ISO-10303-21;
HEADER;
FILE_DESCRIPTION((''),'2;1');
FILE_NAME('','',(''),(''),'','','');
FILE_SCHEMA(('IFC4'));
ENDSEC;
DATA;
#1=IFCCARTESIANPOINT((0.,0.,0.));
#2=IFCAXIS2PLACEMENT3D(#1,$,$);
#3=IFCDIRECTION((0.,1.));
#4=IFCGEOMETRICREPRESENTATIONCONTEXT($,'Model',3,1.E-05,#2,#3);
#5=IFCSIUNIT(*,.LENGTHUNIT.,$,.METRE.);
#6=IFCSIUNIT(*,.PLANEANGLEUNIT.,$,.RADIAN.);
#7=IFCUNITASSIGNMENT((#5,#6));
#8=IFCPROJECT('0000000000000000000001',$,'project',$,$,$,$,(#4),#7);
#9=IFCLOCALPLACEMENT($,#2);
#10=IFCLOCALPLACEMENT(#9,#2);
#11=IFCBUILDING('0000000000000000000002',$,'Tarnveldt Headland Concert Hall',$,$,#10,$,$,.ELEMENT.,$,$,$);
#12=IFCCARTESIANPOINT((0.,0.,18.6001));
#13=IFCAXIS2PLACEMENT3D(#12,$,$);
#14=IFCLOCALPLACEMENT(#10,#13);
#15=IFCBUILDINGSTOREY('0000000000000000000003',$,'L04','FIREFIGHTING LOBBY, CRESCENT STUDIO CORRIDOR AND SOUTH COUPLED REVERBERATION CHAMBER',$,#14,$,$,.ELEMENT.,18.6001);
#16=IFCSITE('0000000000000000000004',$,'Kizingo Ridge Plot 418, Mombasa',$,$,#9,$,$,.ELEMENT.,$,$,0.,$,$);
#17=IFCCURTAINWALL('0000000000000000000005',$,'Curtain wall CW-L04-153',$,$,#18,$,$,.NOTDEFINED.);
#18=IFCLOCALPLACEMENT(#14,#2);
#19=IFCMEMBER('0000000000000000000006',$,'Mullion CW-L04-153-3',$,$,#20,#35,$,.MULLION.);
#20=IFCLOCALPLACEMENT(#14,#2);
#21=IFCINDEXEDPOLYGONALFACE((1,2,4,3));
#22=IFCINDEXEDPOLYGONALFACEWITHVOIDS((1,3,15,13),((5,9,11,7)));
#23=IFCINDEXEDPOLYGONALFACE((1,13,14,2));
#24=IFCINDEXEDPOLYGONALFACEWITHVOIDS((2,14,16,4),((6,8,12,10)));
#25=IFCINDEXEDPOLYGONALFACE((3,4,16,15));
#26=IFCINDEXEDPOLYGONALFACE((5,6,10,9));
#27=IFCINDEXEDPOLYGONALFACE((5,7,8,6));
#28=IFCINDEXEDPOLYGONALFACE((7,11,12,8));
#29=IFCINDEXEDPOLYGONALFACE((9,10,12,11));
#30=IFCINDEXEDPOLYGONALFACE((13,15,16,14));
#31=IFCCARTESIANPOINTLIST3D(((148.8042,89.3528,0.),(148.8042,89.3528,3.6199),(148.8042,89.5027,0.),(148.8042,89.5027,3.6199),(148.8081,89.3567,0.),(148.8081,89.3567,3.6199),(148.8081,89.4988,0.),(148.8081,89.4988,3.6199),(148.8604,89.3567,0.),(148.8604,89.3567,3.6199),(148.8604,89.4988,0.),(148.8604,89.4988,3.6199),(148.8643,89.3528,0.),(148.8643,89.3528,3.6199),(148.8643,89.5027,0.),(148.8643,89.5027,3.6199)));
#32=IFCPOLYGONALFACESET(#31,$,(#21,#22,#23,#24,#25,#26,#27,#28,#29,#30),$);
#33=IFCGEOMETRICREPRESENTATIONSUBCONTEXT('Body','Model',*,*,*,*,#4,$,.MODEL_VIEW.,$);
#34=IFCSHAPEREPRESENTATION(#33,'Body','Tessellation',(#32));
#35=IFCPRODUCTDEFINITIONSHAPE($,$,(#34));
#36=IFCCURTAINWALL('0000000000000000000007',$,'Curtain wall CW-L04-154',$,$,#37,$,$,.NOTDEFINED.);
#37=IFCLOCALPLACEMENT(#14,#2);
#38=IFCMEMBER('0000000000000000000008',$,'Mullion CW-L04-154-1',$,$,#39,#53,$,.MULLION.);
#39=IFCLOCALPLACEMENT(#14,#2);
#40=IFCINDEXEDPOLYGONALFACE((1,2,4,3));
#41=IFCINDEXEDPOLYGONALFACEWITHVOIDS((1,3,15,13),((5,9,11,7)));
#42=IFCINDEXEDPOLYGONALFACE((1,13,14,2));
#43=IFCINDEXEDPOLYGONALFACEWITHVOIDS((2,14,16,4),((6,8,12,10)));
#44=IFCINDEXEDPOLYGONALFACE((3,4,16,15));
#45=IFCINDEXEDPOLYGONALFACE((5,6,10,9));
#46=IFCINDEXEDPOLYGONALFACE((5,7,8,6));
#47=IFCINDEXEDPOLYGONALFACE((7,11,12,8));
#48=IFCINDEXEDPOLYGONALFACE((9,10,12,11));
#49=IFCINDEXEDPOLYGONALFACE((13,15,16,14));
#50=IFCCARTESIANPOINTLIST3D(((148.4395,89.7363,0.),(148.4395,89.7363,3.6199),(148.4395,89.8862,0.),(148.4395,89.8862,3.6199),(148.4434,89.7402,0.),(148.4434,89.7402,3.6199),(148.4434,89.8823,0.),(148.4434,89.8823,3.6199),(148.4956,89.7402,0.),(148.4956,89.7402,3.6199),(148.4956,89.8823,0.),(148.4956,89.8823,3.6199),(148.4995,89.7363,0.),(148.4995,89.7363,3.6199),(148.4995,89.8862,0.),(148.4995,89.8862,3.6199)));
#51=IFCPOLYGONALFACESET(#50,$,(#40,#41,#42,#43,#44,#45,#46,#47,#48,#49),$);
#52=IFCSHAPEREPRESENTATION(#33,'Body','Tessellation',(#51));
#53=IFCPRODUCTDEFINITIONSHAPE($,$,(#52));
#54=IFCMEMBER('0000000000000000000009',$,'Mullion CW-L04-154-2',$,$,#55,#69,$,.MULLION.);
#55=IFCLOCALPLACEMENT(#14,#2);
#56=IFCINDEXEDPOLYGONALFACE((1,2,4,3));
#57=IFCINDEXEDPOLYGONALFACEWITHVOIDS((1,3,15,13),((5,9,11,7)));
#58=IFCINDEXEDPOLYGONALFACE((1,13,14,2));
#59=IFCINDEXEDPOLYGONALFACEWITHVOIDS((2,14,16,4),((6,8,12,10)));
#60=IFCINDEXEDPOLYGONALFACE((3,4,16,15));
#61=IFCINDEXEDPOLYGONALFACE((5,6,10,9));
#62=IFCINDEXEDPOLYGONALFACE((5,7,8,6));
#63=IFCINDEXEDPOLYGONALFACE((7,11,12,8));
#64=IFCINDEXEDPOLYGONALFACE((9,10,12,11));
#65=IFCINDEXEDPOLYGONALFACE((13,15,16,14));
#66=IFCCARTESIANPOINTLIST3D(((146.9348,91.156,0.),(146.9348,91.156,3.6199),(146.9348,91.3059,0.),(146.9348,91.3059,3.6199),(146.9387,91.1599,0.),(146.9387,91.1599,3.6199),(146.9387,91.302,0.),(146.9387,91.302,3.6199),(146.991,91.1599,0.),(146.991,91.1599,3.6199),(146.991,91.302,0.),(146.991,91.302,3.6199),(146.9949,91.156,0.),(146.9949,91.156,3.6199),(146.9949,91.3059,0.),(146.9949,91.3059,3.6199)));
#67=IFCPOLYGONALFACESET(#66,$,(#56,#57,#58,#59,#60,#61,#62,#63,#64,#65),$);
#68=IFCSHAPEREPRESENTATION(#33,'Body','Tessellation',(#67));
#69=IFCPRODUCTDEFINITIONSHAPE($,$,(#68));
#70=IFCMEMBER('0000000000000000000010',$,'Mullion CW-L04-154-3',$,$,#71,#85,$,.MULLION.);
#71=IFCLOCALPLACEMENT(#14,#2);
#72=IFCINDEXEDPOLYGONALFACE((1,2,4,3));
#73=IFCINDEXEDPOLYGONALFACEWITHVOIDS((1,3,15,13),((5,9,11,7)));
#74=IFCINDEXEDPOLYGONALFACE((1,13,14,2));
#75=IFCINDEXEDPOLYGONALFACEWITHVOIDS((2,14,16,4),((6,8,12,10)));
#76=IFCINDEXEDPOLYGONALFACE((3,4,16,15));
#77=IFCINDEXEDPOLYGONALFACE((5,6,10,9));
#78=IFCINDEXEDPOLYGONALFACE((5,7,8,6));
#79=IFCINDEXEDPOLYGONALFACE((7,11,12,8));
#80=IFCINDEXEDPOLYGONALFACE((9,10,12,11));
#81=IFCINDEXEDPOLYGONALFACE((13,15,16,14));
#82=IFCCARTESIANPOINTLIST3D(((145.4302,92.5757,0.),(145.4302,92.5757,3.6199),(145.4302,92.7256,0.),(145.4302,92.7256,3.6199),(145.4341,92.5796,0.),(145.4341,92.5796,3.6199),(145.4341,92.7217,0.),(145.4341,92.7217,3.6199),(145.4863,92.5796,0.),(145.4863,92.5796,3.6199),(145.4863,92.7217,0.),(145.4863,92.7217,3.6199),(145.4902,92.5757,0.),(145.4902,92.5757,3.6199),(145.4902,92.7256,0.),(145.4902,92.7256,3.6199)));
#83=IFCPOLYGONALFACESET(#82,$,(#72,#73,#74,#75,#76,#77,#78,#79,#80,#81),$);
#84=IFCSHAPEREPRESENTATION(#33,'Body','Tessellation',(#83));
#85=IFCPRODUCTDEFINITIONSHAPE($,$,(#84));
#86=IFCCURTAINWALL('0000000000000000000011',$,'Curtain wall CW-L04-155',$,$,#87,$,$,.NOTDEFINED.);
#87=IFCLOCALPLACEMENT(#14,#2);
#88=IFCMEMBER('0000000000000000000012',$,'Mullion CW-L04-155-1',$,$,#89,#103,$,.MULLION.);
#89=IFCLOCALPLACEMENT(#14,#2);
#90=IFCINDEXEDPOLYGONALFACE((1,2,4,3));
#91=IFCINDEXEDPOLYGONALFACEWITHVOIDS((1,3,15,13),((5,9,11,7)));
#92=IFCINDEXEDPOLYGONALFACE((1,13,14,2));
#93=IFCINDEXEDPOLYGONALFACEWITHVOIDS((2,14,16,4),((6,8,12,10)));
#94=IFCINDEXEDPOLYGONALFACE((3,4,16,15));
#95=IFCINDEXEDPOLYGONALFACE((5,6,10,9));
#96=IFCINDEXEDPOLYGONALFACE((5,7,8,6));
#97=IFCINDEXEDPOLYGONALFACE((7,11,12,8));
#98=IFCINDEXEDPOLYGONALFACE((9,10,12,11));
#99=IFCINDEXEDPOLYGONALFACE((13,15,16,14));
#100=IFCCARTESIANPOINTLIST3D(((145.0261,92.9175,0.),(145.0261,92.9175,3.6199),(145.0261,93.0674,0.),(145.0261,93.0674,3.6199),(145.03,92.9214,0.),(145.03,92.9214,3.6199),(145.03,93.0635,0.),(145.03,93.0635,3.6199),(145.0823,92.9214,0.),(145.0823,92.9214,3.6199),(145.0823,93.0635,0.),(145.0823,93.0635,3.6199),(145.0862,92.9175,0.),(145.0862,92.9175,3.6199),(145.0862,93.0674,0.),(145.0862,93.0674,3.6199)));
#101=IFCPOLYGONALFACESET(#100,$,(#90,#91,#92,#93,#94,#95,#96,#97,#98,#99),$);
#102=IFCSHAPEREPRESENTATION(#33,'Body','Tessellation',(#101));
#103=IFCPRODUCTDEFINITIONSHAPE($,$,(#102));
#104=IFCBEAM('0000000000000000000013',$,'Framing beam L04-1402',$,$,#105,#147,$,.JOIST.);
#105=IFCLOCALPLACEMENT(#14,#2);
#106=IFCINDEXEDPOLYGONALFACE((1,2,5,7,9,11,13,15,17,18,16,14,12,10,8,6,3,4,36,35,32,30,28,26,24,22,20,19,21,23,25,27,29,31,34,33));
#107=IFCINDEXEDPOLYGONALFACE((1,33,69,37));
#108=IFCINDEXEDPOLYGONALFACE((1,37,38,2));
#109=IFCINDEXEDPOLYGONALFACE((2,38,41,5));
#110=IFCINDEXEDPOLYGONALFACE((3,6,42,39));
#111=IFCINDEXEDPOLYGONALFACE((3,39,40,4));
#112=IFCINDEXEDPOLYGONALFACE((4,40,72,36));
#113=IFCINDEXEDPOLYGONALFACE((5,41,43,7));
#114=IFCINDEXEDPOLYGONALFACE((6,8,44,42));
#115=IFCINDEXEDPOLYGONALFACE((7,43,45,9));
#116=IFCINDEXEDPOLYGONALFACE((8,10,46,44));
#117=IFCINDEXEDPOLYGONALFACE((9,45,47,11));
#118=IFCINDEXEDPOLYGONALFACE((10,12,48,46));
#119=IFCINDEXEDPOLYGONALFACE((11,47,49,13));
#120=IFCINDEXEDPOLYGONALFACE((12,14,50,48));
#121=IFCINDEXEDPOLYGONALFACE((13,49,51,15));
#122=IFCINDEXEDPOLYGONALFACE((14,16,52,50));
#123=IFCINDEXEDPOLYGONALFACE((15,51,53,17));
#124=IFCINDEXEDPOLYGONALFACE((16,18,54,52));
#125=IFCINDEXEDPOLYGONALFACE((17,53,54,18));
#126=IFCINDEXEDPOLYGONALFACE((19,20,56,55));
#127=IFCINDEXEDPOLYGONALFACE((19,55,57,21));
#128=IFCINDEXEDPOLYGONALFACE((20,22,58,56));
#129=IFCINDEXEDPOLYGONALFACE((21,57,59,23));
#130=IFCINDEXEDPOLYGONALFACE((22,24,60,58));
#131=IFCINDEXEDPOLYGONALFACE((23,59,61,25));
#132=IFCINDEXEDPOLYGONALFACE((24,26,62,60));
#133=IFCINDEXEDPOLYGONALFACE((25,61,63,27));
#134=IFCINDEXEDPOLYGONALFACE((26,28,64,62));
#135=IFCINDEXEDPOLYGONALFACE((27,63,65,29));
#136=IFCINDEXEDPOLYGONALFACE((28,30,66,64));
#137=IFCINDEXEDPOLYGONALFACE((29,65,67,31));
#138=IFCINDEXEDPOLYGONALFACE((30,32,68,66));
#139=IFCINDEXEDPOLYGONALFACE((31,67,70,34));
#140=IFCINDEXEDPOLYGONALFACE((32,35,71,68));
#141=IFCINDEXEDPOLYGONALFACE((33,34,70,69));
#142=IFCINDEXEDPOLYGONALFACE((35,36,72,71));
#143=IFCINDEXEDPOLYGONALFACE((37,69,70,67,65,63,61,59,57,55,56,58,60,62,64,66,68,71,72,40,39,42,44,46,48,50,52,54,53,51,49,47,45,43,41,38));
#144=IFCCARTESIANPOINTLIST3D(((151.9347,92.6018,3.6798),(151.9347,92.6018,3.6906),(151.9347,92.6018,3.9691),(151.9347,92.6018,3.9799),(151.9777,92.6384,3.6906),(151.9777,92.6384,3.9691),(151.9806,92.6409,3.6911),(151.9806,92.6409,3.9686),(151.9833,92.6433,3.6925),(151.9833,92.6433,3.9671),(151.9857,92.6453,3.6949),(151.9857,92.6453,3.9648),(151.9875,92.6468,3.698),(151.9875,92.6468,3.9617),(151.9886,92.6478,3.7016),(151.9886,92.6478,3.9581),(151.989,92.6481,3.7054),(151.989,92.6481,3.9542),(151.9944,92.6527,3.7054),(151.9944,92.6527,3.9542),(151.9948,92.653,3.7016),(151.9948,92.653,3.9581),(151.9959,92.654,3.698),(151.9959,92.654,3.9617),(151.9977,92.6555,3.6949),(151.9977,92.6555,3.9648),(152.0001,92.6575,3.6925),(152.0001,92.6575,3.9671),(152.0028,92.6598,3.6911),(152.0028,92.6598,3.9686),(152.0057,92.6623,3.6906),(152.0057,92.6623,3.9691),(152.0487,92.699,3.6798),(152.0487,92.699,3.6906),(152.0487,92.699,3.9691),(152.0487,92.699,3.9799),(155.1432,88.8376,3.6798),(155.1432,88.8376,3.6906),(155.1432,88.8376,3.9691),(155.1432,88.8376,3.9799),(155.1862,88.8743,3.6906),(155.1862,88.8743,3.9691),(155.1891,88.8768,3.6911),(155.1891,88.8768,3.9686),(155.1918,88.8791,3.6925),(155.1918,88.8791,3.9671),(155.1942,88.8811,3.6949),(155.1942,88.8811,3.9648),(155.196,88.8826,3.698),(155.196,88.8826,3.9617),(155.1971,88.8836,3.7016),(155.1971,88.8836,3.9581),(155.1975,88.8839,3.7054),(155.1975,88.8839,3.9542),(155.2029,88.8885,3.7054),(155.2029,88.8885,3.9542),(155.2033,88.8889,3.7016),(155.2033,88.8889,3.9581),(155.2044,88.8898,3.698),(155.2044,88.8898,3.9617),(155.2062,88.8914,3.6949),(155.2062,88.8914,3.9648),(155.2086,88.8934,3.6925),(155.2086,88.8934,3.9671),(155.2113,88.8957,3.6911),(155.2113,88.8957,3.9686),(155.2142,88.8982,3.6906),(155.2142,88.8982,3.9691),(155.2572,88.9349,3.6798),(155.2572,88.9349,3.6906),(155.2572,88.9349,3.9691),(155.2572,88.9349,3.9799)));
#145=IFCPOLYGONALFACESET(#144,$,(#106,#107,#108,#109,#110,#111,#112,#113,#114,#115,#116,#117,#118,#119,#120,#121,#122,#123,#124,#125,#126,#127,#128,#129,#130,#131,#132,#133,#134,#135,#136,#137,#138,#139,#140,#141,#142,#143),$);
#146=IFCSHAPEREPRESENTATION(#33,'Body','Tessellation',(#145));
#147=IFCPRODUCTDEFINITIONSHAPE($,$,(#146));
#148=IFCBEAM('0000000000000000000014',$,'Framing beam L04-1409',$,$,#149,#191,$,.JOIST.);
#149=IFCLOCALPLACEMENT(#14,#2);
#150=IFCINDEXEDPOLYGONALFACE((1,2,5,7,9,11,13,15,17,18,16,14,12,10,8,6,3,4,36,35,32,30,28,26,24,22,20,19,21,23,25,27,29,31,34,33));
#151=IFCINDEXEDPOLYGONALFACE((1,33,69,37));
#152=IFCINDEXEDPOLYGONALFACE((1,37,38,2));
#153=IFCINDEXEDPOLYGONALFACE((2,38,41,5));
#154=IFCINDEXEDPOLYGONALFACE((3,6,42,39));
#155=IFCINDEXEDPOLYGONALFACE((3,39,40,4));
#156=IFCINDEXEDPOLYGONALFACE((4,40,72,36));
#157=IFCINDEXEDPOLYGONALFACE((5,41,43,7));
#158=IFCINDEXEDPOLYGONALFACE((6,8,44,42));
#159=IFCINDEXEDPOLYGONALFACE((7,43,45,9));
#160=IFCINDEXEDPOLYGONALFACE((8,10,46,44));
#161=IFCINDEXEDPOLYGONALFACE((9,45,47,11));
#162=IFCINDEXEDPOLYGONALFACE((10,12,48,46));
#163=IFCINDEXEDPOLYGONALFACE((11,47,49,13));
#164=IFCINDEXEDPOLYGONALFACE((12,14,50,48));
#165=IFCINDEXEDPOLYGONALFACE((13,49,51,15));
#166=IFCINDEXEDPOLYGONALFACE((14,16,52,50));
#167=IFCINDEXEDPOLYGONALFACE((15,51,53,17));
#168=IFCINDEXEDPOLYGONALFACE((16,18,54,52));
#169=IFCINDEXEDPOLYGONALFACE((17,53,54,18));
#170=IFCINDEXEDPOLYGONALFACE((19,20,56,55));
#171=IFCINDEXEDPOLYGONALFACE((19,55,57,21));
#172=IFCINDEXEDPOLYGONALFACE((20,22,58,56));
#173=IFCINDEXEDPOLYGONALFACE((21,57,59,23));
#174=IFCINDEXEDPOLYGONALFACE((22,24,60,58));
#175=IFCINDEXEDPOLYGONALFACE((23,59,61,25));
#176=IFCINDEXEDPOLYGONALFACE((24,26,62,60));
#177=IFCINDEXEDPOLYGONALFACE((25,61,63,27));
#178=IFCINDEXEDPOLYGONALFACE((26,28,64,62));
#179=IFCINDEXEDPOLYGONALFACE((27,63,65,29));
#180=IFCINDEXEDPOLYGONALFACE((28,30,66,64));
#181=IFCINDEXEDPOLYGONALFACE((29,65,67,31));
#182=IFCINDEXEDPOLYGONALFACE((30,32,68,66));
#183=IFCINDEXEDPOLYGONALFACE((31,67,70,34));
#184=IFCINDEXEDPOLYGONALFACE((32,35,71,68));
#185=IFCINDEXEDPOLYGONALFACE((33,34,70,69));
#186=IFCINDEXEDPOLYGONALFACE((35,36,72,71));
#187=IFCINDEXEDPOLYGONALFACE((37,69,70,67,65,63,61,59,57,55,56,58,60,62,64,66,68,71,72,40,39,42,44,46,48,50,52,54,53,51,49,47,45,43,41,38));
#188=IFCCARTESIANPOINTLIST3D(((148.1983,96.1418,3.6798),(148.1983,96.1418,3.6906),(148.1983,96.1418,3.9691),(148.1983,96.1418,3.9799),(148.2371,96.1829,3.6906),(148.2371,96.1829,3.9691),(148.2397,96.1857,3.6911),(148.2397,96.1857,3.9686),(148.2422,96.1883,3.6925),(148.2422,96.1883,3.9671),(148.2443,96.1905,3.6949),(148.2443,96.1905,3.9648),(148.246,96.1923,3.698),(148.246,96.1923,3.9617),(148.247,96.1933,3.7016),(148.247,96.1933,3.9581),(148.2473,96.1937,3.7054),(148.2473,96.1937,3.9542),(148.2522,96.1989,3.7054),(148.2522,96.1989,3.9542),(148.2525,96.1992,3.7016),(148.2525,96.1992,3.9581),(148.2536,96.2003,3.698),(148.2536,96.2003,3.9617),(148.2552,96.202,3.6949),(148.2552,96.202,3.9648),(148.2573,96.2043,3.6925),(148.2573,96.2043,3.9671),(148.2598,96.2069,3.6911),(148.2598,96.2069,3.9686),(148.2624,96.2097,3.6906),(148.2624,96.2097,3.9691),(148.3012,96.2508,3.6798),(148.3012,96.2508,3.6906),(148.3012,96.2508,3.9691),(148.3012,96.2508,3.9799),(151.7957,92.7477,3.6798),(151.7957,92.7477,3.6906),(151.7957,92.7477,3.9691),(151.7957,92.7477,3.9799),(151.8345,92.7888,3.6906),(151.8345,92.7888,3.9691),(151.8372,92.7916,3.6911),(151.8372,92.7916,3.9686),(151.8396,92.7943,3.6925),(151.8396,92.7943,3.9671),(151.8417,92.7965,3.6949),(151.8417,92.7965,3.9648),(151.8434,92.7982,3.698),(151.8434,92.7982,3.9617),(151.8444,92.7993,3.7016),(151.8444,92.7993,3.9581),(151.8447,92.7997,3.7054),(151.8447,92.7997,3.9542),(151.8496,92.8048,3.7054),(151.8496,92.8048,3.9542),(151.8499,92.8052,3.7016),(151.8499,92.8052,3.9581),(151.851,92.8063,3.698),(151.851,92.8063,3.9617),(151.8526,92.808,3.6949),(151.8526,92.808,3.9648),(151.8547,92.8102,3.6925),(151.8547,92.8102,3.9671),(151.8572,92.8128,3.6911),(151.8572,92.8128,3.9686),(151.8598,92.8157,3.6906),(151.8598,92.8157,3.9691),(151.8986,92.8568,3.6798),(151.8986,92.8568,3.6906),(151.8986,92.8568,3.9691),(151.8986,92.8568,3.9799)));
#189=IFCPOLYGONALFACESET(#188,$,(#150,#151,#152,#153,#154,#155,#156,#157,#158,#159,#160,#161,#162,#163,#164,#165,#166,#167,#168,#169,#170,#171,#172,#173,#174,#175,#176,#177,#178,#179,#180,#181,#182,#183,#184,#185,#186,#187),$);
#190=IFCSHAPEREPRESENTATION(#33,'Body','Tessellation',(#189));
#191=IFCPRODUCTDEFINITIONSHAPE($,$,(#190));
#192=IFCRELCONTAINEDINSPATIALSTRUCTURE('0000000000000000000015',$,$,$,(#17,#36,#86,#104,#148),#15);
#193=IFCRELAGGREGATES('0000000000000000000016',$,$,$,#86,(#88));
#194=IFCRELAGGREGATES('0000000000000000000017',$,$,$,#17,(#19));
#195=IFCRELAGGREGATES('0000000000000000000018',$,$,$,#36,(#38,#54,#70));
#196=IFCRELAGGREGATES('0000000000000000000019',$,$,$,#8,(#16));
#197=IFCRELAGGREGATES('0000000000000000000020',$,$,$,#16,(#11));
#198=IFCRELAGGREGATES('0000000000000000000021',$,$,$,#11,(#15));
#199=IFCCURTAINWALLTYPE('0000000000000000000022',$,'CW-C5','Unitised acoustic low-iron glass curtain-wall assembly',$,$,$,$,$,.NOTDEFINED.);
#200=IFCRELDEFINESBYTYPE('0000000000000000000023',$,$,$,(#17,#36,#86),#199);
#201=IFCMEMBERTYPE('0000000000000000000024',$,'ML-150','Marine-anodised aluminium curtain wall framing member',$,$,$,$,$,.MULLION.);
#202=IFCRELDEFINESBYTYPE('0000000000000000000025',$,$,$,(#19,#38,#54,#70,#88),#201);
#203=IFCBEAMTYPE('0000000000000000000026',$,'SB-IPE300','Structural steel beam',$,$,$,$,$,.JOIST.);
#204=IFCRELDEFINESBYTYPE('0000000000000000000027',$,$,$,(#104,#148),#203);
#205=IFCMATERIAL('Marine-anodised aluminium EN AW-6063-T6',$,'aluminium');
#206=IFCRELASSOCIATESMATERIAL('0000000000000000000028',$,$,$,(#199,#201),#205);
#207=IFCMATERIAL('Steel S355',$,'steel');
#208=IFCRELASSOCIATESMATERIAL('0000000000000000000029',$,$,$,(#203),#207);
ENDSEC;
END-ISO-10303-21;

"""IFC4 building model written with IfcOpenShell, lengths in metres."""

from ifc_helpers import new_model, si_unit, direction, frame, origin, origin_2d, place, context, subcontext, project, spatial, hollow_rectangle, i_section, extrude, material, material_profile, profile_set, type_object, element, aggregate, save


model = new_model("IFC4")

# Units and contexts
model_context = context("Model", 3, precision=1e-05, world=origin(), true_north=direction((0.0, 1.0)))
body_context = subcontext(model_context, "Body", "Model", "MODEL_VIEW")
ifc_project = project(units=[si_unit("LENGTHUNIT", "METRE"), si_unit("PLANEANGLEUNIT", "RADIAN")], contexts=[model_context])

# Site, building, storey
site_placement = place(None, origin())
site = spatial("IfcSite", under=ifc_project, at=site_placement, Name="Kizingo Ridge Plot 418, Mombasa", CompositionType="ELEMENT", RefElevation=0.0)
building_placement = place(site_placement, origin())
building = spatial("IfcBuilding", under=site, at=building_placement, Name="Tarnveldt Headland Concert Hall", CompositionType="ELEMENT")
storey_placement = place(building_placement, frame((0.0, 0.0, 18.6001)))
storey = spatial("IfcBuildingStorey", under=building, at=storey_placement, Name="L04", Description="FIREFIGHTING LOBBY, CRESCENT STUDIO CORRIDOR AND SOUTH COUPLED REVERBERATION CHAMBER", CompositionType="ELEMENT", Elevation=18.6001)

# Shared definitions
ifc_material_1 = material(Name="Steel S355", Category="steel")

# Shared definitions
ifc_material_2 = material(Name="Marine-anodised aluminium EN AW-6063-T6", Category="aluminium")
curtain_wall_type = type_object("IfcCurtainWallType", Name="CW-C5", Description="Unitised acoustic low-iron glass curtain-wall assembly", PredefinedType="NOTDEFINED", material=ifc_material_2)
ifc_material_profile_1 = material_profile(ifc_material_2, hollow_rectangle(XDim=0.0601, YDim=0.1499, WallThickness=0.0039, at=origin_2d()), Name="ALU MULLION 60x150x4", Category="aluminium")
ifc_profile_set_1 = profile_set([ifc_material_profile_1], Name="Marine-anodised aluminium EN AW-6063-T6")
member_type_1 = type_object("IfcMemberType", Name="ML-150", Description="Marine-anodised aluminium curtain wall framing member", PredefinedType="MULLION", material=ifc_profile_set_1)

# Curtain walls, members
curtain_wall_1_placement = place(storey_placement, origin())
curtain_wall_1 = element("IfcCurtainWall", 1, at=curtain_wall_1_placement, inside=storey, type_object=curtain_wall_type, Name="Curtain wall CW-L04-153", PredefinedType="NOTDEFINED")
member_1_placement = place(storey_placement, frame((148.8342, 89.4277, 0.0), z_axis=(0.0, 0.0, 1.0), x_axis=(1.0, 0.0, 0.0)))
member_1 = element("IfcMember", 2, at=member_1_placement, type_object=member_type_1, Name="Mullion CW-L04-153-3", PredefinedType="MULLION", context=body_context, shape_type="SweptSolid", body=[
    extrude(hollow_rectangle(XDim=0.0601, YDim=0.1499, WallThickness=0.0039, at=origin_2d()), origin(), (0.0, 0.0, 1.0), 3.6199),
])
curtain_wall_2_placement = place(storey_placement, origin())
curtain_wall_2 = element("IfcCurtainWall", 3, at=curtain_wall_2_placement, inside=storey, type_object=curtain_wall_type, Name="Curtain wall CW-L04-154", PredefinedType="NOTDEFINED")
member_2_placement = place(storey_placement, frame((148.4695, 89.8113, 0.0), z_axis=(0.0, 0.0, 1.0), x_axis=(1.0, 0.0, 0.0)))
member_2 = element("IfcMember", 4, at=member_2_placement, type_object=member_type_1, Name="Mullion CW-L04-154-1", PredefinedType="MULLION", context=body_context, shape_type="SweptSolid", body=[
    extrude(hollow_rectangle(XDim=0.0601, YDim=0.1499, WallThickness=0.0039, at=origin_2d()), origin(), (0.0, 0.0, 1.0), 3.6199),
])
member_3_placement = place(storey_placement, frame((146.9648, 91.231, 0.0), z_axis=(0.0, 0.0, 1.0), x_axis=(1.0, 0.0, 0.0)))
member_3 = element("IfcMember", 5, at=member_3_placement, type_object=member_type_1, Name="Mullion CW-L04-154-2", PredefinedType="MULLION", context=body_context, shape_type="SweptSolid", body=[
    extrude(hollow_rectangle(XDim=0.0601, YDim=0.1499, WallThickness=0.0039, at=origin_2d()), origin(), (0.0, 0.0, 1.0), 3.6199),
])
member_4_placement = place(storey_placement, frame((145.4602, 92.6506, 0.0), z_axis=(0.0, 0.0, 1.0), x_axis=(1.0, 0.0, 0.0)))
member_4 = element("IfcMember", 6, at=member_4_placement, type_object=member_type_1, Name="Mullion CW-L04-154-3", PredefinedType="MULLION", context=body_context, shape_type="SweptSolid", body=[
    extrude(hollow_rectangle(XDim=0.0601, YDim=0.1499, WallThickness=0.0039, at=origin_2d()), origin(), (0.0, 0.0, 1.0), 3.6199),
])

# Curtain wall, member
curtain_wall_3_placement = place(storey_placement, origin())
curtain_wall_3 = element("IfcCurtainWall", 7, at=curtain_wall_3_placement, inside=storey, type_object=curtain_wall_type, Name="Curtain wall CW-L04-155", PredefinedType="NOTDEFINED")
member_5_placement = place(storey_placement, frame((145.0562, 92.9924, 0.0), z_axis=(0.0, 0.0, 1.0), x_axis=(1.0, 0.0, 0.0)))
member_5 = element("IfcMember", 8, at=member_5_placement, type_object=member_type_1, Name="Mullion CW-L04-155-1", PredefinedType="MULLION", context=body_context, shape_type="SweptSolid", body=[
    extrude(hollow_rectangle(XDim=0.0601, YDim=0.1499, WallThickness=0.0039, at=origin_2d()), origin(), (0.0, 0.0, 1.0), 3.6199),
])

# Beams
ifc_material_profile_2 = material_profile(ifc_material_1, i_section(OverallWidth=0.1499, OverallDepth=0.3, WebThickness=0.0071, FlangeThickness=0.0107, FilletRadius=0.0149, at=origin_2d()), Name="IPE300", Category="steel")
ifc_profile_set_2 = profile_set([ifc_material_profile_2], Name="Steel S355")
beam_type_1 = type_object("IfcBeamType", Name="SB-IPE300", Description="Structural steel beam", PredefinedType="JOIST", material=ifc_profile_set_2)
beam_1_placement = place(storey_placement, frame((155.2002, 88.8862, 3.8298), z_axis=(-0.648699, 0.761045, 0.0), x_axis=(-0.761045, -0.648699, 0.0)))
element("IfcBeam", 9, at=beam_1_placement, inside=storey, type_object=beam_type_1, Name="Framing beam L04-1402", PredefinedType="JOIST", context=body_context, shape_type="SweptSolid", body=[
    extrude(i_section(OverallWidth=0.1499, OverallDepth=0.3, WebThickness=0.0071, FlangeThickness=0.0107, FilletRadius=0.0149, at=origin_2d()), origin(), (0.0, 0.0, 1.0), 4.946),
])
beam_2_placement = place(storey_placement, frame((151.8472, 92.8022, 3.8298), z_axis=(-0.727368, 0.686248, 0.0), x_axis=(-0.686248, -0.727368, 0.0)))
element("IfcBeam", 10, at=beam_2_placement, inside=storey, type_object=beam_type_1, Name="Framing beam L04-1409", PredefinedType="JOIST", context=body_context, shape_type="SweptSolid", body=[
    extrude(i_section(OverallWidth=0.1499, OverallDepth=0.3, WebThickness=0.0071, FlangeThickness=0.0107, FilletRadius=0.0149, at=origin_2d()), origin(), (0.0, 0.0, 1.0), 4.9458),
])

aggregate(curtain_wall_3, [member_5])

aggregate(curtain_wall_1, [member_1])
aggregate(curtain_wall_2, [member_2, member_3, member_4])

save(model, "model.ifc")
